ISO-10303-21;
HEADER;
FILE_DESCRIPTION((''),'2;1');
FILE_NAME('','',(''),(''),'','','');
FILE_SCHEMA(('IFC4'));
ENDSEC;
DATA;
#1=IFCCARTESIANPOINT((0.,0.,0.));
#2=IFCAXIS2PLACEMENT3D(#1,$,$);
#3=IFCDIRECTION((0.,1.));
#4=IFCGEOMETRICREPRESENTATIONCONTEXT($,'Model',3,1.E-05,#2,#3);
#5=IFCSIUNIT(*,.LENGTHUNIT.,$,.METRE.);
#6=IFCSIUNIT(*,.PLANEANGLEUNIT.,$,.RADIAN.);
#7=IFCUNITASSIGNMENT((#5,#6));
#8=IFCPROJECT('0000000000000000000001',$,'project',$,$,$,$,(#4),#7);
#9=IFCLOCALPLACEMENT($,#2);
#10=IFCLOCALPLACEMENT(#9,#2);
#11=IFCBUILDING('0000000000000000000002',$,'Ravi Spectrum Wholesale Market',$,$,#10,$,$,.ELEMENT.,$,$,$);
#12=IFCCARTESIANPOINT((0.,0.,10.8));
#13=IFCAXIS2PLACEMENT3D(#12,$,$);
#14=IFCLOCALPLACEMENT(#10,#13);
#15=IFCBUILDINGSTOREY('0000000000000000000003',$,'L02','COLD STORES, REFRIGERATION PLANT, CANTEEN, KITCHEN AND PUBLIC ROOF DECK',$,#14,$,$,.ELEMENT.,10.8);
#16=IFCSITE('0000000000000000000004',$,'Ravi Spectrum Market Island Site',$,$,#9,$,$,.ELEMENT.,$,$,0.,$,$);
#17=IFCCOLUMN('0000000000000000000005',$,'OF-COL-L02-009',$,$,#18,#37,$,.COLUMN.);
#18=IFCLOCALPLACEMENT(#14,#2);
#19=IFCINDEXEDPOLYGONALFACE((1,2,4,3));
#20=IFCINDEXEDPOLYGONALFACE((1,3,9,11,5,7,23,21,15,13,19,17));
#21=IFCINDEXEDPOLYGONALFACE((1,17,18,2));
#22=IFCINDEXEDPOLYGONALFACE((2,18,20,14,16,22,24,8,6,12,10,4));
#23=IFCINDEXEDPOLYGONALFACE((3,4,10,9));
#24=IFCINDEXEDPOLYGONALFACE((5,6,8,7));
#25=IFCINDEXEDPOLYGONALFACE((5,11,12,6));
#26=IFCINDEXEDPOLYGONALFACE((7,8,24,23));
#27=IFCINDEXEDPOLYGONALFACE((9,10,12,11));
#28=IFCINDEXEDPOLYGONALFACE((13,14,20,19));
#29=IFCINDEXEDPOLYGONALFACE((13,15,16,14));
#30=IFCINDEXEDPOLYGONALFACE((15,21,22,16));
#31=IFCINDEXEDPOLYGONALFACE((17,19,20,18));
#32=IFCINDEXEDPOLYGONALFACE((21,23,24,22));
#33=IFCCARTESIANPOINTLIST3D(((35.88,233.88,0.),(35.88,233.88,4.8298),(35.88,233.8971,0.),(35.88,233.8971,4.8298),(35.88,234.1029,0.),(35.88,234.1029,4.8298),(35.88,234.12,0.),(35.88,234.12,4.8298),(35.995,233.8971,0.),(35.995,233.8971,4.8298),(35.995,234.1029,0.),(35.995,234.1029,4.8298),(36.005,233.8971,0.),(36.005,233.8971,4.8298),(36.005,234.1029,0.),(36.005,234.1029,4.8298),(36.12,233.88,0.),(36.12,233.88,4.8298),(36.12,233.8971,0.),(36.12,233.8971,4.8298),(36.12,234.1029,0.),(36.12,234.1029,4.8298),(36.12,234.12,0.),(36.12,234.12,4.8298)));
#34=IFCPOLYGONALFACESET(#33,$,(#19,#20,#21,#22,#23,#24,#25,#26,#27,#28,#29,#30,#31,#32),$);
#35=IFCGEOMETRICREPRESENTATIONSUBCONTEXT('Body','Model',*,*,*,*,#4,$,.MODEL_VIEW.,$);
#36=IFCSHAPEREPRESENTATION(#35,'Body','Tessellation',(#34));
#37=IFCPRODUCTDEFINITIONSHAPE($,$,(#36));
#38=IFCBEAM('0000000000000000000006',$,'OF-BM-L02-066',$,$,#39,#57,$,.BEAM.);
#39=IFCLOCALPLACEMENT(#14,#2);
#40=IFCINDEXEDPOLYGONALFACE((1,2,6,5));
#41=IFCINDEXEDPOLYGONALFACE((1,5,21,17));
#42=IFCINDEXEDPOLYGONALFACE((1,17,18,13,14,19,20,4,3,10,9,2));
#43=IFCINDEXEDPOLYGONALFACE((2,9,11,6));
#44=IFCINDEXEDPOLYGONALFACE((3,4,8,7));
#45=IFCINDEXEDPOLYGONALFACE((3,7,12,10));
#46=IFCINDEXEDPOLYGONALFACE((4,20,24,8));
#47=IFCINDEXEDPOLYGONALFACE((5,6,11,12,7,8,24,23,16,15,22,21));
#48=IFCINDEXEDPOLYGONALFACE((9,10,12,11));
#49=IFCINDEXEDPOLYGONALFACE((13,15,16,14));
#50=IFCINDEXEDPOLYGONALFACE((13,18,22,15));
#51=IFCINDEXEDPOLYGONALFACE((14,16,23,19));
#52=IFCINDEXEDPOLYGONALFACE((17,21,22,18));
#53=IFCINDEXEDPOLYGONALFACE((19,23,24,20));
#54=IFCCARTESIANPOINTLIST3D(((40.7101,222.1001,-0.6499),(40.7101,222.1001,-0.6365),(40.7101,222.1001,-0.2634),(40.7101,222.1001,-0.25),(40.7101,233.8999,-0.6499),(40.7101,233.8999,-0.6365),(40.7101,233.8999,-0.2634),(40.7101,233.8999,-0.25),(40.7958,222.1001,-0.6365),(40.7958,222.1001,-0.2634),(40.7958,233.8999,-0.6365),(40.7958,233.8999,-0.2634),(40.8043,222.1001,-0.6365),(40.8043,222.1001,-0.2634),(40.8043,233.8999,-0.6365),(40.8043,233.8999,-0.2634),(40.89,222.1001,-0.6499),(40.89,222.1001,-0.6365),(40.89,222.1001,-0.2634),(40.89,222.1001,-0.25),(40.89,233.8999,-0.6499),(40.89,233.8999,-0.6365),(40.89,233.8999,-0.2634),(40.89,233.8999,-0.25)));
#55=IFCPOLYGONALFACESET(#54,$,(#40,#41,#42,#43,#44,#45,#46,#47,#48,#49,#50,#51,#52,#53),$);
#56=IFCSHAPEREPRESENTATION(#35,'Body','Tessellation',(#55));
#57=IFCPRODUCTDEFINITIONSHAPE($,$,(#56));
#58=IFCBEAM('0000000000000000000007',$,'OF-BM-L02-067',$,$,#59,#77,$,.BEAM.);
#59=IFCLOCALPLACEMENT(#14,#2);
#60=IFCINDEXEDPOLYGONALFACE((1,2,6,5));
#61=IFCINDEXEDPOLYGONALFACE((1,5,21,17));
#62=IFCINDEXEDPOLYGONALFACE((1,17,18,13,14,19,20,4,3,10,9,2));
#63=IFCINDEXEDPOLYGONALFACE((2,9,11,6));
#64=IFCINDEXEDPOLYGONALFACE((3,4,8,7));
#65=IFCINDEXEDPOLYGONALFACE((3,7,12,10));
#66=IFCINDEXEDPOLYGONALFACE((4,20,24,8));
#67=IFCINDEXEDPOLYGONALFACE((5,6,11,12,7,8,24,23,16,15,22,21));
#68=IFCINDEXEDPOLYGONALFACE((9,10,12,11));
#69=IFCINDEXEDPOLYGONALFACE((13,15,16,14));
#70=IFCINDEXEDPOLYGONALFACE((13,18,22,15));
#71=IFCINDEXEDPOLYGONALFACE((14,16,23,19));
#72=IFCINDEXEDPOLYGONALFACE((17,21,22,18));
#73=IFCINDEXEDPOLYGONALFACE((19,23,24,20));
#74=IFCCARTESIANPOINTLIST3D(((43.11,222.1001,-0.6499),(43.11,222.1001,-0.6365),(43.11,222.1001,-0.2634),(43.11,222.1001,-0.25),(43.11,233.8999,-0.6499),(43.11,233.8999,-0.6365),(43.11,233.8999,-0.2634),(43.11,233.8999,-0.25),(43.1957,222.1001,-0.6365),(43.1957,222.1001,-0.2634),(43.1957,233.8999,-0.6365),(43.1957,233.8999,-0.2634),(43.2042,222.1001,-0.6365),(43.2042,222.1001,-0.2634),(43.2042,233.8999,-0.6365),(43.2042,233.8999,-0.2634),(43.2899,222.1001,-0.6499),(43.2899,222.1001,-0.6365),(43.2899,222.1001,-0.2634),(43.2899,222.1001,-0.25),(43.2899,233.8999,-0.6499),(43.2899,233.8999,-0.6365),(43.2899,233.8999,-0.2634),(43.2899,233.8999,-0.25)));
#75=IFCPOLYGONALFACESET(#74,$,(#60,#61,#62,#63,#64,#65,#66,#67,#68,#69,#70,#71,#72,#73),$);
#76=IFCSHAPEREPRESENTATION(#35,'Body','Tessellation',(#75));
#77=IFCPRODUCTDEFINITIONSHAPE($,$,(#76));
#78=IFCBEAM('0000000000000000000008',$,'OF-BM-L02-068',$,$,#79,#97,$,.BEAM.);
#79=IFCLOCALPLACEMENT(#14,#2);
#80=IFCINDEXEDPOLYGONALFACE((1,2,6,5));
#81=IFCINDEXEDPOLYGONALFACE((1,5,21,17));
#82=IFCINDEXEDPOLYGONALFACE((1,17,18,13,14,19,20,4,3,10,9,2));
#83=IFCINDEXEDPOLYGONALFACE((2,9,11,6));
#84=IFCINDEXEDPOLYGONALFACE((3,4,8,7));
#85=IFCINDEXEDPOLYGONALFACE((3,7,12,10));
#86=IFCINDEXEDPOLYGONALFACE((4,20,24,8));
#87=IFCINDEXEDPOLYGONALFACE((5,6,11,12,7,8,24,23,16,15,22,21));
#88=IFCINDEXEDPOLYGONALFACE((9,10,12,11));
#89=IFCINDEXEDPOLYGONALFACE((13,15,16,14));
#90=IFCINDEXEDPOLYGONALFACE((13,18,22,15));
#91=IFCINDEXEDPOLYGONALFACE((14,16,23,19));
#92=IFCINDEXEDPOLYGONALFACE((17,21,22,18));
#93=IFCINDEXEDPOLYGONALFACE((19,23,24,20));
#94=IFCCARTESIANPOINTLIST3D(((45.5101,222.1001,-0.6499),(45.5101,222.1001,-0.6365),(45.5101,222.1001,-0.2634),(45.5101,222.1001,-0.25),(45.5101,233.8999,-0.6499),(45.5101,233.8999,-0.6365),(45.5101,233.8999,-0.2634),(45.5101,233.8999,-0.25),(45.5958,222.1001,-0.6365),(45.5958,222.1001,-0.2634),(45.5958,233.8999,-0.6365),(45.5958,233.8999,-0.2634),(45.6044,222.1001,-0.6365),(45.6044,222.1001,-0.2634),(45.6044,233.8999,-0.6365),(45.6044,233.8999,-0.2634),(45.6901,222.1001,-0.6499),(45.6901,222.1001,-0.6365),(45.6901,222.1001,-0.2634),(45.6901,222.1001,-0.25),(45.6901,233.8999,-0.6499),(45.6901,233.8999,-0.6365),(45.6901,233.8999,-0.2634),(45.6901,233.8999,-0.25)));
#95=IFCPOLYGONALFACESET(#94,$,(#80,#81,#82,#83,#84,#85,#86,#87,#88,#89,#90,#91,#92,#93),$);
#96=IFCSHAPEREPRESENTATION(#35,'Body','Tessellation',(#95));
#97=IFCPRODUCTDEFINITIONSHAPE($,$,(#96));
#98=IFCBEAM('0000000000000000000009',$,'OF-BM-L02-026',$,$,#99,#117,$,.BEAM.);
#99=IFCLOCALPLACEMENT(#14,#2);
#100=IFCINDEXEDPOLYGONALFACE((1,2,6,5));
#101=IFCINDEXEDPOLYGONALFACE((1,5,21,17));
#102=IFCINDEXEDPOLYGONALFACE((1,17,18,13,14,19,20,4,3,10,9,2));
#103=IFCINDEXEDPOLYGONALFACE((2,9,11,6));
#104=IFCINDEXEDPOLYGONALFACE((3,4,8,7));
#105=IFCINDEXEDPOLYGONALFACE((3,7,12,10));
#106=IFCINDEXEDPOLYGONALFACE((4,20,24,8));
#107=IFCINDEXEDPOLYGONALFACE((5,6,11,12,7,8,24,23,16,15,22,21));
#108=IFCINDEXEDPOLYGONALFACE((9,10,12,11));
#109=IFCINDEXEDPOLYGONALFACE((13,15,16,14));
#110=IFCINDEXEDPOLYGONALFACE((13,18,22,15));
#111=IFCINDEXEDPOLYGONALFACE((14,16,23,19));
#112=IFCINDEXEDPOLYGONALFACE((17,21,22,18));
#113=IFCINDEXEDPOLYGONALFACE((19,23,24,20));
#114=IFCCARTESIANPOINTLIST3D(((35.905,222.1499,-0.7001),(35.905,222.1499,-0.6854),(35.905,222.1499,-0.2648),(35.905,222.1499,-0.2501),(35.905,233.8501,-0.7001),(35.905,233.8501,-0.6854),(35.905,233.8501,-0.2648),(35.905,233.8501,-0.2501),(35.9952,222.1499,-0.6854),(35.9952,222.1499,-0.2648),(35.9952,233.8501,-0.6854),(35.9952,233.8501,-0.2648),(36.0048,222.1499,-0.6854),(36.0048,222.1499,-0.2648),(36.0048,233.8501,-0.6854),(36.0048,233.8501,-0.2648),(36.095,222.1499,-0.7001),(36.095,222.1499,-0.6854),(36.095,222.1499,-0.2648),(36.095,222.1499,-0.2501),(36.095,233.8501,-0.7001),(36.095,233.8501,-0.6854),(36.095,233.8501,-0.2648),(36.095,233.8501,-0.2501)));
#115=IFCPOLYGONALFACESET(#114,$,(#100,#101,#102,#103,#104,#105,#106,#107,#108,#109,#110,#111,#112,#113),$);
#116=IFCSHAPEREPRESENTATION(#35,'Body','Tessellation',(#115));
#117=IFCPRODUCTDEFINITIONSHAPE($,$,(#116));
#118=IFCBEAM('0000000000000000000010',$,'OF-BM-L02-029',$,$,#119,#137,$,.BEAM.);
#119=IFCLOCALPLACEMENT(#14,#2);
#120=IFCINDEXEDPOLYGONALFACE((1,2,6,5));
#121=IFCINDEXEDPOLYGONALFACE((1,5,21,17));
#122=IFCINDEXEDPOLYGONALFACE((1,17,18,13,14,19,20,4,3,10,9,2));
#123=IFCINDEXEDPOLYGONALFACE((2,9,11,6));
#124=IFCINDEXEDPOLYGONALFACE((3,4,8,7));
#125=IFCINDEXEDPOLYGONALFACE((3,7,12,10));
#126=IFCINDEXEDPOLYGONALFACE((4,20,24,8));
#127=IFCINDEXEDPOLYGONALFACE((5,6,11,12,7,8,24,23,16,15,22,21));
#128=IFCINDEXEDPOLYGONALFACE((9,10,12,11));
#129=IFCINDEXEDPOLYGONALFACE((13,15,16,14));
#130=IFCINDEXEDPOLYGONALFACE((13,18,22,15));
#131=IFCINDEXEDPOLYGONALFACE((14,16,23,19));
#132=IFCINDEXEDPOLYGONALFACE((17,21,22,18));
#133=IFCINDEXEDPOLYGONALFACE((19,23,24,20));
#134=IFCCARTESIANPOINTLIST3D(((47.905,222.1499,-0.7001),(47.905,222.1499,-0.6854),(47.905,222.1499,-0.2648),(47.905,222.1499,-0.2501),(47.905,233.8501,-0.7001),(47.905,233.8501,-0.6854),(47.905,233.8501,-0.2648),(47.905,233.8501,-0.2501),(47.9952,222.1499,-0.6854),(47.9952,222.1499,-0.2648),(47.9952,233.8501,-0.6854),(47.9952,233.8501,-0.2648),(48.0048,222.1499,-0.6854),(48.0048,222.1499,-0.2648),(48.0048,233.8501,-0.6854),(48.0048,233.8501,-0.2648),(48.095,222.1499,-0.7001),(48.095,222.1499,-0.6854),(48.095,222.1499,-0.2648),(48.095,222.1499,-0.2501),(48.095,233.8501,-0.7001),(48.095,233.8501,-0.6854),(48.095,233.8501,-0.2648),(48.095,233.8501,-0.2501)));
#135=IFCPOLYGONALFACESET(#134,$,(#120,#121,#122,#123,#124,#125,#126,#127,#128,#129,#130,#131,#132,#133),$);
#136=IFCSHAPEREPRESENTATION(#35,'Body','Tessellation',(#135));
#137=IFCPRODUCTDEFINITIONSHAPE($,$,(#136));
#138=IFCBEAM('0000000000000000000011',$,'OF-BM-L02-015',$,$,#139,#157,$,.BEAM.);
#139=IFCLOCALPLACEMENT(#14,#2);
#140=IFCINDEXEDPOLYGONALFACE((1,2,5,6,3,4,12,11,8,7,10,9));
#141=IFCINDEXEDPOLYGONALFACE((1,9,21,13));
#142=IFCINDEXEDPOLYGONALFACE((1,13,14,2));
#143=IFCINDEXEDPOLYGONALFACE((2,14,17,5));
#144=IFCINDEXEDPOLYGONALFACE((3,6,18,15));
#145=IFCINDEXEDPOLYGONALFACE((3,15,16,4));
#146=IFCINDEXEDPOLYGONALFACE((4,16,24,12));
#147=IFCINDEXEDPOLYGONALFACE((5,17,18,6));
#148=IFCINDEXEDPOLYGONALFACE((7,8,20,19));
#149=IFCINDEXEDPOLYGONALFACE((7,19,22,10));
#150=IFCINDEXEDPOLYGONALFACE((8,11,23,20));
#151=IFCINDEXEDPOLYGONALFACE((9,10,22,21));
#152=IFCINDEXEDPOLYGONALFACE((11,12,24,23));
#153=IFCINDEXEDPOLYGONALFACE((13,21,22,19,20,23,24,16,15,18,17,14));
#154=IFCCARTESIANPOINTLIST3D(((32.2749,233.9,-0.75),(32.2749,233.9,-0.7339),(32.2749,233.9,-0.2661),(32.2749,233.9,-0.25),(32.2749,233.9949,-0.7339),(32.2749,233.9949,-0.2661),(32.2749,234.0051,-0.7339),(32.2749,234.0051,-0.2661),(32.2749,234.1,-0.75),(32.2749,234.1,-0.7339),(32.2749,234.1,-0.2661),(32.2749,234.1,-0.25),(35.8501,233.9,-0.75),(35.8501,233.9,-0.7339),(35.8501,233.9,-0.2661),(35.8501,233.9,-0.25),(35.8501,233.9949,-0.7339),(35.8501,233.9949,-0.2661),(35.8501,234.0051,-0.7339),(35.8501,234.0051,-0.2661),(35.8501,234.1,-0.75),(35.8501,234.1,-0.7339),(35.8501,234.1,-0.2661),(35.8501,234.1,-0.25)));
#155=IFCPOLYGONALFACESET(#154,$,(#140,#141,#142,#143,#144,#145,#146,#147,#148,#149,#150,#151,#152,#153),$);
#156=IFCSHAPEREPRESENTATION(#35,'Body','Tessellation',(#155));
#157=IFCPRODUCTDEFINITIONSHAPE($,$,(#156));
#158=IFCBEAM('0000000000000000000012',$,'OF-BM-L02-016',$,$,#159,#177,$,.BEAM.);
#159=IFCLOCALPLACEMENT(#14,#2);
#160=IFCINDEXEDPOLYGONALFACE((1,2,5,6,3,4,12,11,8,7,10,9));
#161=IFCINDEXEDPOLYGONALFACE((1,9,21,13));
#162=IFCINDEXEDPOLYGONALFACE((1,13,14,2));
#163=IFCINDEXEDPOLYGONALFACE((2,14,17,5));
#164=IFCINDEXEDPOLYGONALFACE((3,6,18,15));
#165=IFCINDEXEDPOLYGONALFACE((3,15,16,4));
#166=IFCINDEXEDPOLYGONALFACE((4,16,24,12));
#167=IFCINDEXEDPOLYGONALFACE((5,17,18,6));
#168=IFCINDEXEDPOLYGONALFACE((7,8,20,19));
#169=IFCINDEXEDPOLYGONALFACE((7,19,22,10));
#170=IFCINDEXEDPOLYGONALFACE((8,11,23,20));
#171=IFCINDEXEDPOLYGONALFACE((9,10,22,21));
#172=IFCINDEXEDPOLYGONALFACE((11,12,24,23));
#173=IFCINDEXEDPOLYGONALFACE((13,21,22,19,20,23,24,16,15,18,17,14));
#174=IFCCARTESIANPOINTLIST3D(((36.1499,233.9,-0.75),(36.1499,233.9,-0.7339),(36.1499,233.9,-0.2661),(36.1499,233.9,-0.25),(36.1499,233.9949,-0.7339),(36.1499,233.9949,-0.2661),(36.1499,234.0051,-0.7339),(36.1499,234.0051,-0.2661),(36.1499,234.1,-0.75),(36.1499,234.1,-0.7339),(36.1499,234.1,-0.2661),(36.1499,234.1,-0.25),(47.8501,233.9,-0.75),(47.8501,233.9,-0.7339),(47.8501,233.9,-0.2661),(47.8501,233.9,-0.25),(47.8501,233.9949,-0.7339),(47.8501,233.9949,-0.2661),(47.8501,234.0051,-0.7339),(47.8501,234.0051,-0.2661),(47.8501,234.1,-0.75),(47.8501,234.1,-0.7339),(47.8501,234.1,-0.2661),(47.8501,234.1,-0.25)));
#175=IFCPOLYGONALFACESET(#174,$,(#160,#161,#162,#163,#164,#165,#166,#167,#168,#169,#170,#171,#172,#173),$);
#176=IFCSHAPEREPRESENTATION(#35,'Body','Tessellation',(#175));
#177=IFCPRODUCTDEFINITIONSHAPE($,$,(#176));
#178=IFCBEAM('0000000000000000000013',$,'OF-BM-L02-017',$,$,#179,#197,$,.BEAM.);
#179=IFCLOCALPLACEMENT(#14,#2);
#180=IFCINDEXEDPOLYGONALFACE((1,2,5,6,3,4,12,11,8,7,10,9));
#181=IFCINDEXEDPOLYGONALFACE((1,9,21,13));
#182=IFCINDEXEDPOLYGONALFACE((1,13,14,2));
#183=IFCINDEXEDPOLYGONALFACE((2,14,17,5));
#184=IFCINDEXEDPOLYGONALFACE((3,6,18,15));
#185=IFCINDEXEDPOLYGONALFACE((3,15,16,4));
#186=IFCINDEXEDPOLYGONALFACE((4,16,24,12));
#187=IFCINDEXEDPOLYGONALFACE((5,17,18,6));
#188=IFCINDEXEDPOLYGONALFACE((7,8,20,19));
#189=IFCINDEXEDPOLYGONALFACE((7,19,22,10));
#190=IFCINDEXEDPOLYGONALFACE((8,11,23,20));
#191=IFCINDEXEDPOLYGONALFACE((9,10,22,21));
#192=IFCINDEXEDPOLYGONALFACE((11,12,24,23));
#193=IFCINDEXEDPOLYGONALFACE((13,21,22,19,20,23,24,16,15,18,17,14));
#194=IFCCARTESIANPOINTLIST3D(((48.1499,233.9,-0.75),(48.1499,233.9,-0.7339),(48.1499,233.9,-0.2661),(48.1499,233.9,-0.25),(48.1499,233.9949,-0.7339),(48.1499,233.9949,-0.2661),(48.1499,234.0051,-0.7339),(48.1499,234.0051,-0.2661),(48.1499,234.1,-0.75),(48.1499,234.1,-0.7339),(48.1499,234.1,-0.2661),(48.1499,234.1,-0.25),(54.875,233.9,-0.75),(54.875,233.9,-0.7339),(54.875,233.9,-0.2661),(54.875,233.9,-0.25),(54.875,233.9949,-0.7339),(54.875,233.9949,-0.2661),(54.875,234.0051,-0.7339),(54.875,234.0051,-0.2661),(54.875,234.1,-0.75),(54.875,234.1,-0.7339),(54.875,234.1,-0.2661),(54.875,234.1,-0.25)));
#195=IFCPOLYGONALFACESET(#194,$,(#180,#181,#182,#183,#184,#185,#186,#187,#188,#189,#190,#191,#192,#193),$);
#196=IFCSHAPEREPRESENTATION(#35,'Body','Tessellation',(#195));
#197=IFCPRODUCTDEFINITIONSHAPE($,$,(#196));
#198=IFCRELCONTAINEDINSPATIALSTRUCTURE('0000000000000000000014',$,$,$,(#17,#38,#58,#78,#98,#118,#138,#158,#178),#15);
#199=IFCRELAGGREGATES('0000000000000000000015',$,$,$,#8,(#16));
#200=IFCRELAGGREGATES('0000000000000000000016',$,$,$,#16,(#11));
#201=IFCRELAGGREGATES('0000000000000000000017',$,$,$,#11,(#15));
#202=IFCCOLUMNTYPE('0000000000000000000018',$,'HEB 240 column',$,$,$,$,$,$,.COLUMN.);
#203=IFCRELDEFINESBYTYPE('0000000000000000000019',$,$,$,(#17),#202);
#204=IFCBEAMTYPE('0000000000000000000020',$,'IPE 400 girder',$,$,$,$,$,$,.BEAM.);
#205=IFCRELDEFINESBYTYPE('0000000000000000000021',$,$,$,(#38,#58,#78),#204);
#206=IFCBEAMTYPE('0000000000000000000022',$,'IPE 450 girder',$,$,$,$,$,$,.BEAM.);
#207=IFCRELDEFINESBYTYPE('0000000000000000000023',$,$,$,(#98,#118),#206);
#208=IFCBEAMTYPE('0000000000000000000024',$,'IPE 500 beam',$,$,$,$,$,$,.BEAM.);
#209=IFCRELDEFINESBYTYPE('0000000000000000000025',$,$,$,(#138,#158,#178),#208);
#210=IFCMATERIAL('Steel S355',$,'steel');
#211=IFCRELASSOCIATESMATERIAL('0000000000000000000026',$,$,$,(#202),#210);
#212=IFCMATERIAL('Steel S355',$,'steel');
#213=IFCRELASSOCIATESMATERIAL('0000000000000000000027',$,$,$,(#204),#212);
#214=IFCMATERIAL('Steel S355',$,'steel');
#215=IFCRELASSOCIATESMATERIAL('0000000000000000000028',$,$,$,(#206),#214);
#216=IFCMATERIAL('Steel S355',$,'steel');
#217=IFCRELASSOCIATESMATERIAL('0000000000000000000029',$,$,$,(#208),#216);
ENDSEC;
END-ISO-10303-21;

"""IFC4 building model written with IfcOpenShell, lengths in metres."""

from ifc_helpers import new_model, si_unit, direction, frame, origin, origin_2d, place, context, subcontext, project, spatial, i_section, extrude, material, material_profile, profile_set, type_object, element, save


model = new_model("IFC4")

# Units and contexts
model_context = context("Model", 3, precision=1e-05, world=origin(), true_north=direction((0.0, 1.0)))
body_context = subcontext(model_context, "Body", "Model", "MODEL_VIEW")
ifc_project = project(units=[si_unit("LENGTHUNIT", "METRE"), si_unit("PLANEANGLEUNIT", "RADIAN")], contexts=[model_context])

# Site, building, storey
site_placement = place(None, origin())
site = spatial("IfcSite", under=ifc_project, at=site_placement, Name="Ravi Spectrum Market Island Site", CompositionType="ELEMENT", RefElevation=0.0)
building_placement = place(site_placement, origin())
building = spatial("IfcBuilding", under=site, at=building_placement, Name="Ravi Spectrum Wholesale Market", CompositionType="ELEMENT")
storey_placement = place(building_placement, frame((0.0, 0.0, 10.8)))
storey = spatial("IfcBuildingStorey", under=building, at=storey_placement, Name="L02", Description="COLD STORES, REFRIGERATION PLANT, CANTEEN, KITCHEN AND PUBLIC ROOF DECK", CompositionType="ELEMENT", Elevation=10.8)

# Column
ifc_material_1 = material(Name="Steel S355", Category="steel")
ifc_material_profile_1 = material_profile(ifc_material_1, i_section(OverallWidth=0.24, OverallDepth=0.24, WebThickness=0.01, FlangeThickness=0.0171, at=origin_2d()))
ifc_profile_set_1 = profile_set([ifc_material_profile_1], Name="Steel S355")
column_type = type_object("IfcColumnType", Name="HEB 240 column", PredefinedType="COLUMN", material=ifc_profile_set_1)
column_placement = place(storey_placement, frame((36.0, 234.0, 0.0), z_axis=(0.0, 0.0, 1.0), x_axis=(1.0, 0.0, 0.0)))
element("IfcColumn", 1, at=column_placement, inside=storey, type_object=column_type, Name="OF-COL-L02-009", PredefinedType="COLUMN", context=body_context, shape_type="SweptSolid", body=[
    extrude(i_section(OverallWidth=0.24, OverallDepth=0.24, WebThickness=0.01, FlangeThickness=0.0171, at=origin_2d()), origin(), (0.0, 0.0, 1.0), 4.8298),
])

# Beams
ifc_material_2 = material(Name="Steel S355", Category="steel")
ifc_material_profile_2 = material_profile(ifc_material_2, i_section(OverallWidth=0.1799, OverallDepth=0.3999, WebThickness=0.0085, FlangeThickness=0.0134, at=origin_2d()))
ifc_profile_set_2 = profile_set([ifc_material_profile_2], Name="Steel S355")
beam_type_1 = type_object("IfcBeamType", Name="IPE 400 girder", PredefinedType="BEAM", material=ifc_profile_set_2)
for number, where, z_axis, x_axis, name in (
    (2, (40.8, 222.1001, -0.45), (0.0, 1.0, 0.0), (-1.0, 0.0, 0.0), "OF-BM-L02-066"),
    (3, (43.2, 222.1001, -0.45), (0.0, 1.0, 0.0), (-1.0, 0.0, 0.0), "OF-BM-L02-067"),
    (4, (45.6001, 222.1001, -0.45), (0.0, 1.0, 0.0), (-1.0, 0.0, 0.0), "OF-BM-L02-068"),
):
    element("IfcBeam", number, at=place(storey_placement, frame(where, z_axis=z_axis, x_axis=x_axis)), inside=storey, type_object=beam_type_1, Name=name, PredefinedType="BEAM", context=body_context, shape_type="SweptSolid", body=[
        extrude(i_section(OverallWidth=0.1799, OverallDepth=0.3999, WebThickness=0.0085, FlangeThickness=0.0134, at=origin_2d()), origin(), (0.0, 0.0, 1.0), 11.7998),
    ])
ifc_material_3 = material(Name="Steel S355", Category="steel")
ifc_material_profile_3 = material_profile(ifc_material_3, i_section(OverallWidth=0.1899, OverallDepth=0.45, WebThickness=0.0095, FlangeThickness=0.0146, at=origin_2d()))
ifc_profile_set_3 = profile_set([ifc_material_profile_3], Name="Steel S355")
beam_type_2 = type_object("IfcBeamType", Name="IPE 450 girder", PredefinedType="BEAM", material=ifc_profile_set_3)
for number, where, z_axis, x_axis, name in (
    (5, (36.0, 222.1499, -0.4751), (0.0, 1.0, 0.0), (-1.0, 0.0, 0.0), "OF-BM-L02-026"),
    (6, (48.0, 222.1499, -0.4751), (0.0, 1.0, 0.0), (-1.0, 0.0, 0.0), "OF-BM-L02-029"),
):
    element("IfcBeam", number, at=place(storey_placement, frame(where, z_axis=z_axis, x_axis=x_axis)), inside=storey, type_object=beam_type_2, Name=name, PredefinedType="BEAM", context=body_context, shape_type="SweptSolid", body=[
        extrude(i_section(OverallWidth=0.1899, OverallDepth=0.45, WebThickness=0.0095, FlangeThickness=0.0146, at=origin_2d()), origin(), (0.0, 0.0, 1.0), 11.7002),
    ])
ifc_material_4 = material(Name="Steel S355", Category="steel")
ifc_material_profile_4 = material_profile(ifc_material_4, i_section(OverallWidth=0.2, OverallDepth=0.5, WebThickness=0.0103, FlangeThickness=0.0161, at=origin_2d()))
ifc_profile_set_4 = profile_set([ifc_material_profile_4], Name="Steel S355")
beam_type_3 = type_object("IfcBeamType", Name="IPE 500 beam", PredefinedType="BEAM", material=ifc_profile_set_4)
beam_1_placement = place(storey_placement, frame((32.2749, 234.0, -0.5), z_axis=(1.0, 0.0, 0.0), x_axis=(0.0, 1.0, 0.0)))
element("IfcBeam", 7, at=beam_1_placement, inside=storey, type_object=beam_type_3, Name="OF-BM-L02-015", PredefinedType="BEAM", context=body_context, shape_type="SweptSolid", body=[
    extrude(i_section(OverallWidth=0.2, OverallDepth=0.5, WebThickness=0.0103, FlangeThickness=0.0161, at=origin_2d()), origin(), (0.0, 0.0, 1.0), 3.5752),
])
beam_2_placement = place(storey_placement, frame((36.1499, 234.0, -0.5), z_axis=(1.0, 0.0, 0.0), x_axis=(0.0, 1.0, 0.0)))
element("IfcBeam", 8, at=beam_2_placement, inside=storey, type_object=beam_type_3, Name="OF-BM-L02-016", PredefinedType="BEAM", context=body_context, shape_type="SweptSolid", body=[
    extrude(i_section(OverallWidth=0.2, OverallDepth=0.5, WebThickness=0.0103, FlangeThickness=0.0161, at=origin_2d()), origin(), (0.0, 0.0, 1.0), 11.7002),
])
beam_3_placement = place(storey_placement, frame((48.1499, 234.0, -0.5), z_axis=(1.0, 0.0, 0.0), x_axis=(0.0, 1.0, 0.0)))
element("IfcBeam", 9, at=beam_3_placement, inside=storey, type_object=beam_type_3, Name="OF-BM-L02-017", PredefinedType="BEAM", context=body_context, shape_type="SweptSolid", body=[
    extrude(i_section(OverallWidth=0.2, OverallDepth=0.5, WebThickness=0.0103, FlangeThickness=0.0161, at=origin_2d()), origin(), (0.0, 0.0, 1.0), 6.7251),
])

save(model, "model.ifc")
